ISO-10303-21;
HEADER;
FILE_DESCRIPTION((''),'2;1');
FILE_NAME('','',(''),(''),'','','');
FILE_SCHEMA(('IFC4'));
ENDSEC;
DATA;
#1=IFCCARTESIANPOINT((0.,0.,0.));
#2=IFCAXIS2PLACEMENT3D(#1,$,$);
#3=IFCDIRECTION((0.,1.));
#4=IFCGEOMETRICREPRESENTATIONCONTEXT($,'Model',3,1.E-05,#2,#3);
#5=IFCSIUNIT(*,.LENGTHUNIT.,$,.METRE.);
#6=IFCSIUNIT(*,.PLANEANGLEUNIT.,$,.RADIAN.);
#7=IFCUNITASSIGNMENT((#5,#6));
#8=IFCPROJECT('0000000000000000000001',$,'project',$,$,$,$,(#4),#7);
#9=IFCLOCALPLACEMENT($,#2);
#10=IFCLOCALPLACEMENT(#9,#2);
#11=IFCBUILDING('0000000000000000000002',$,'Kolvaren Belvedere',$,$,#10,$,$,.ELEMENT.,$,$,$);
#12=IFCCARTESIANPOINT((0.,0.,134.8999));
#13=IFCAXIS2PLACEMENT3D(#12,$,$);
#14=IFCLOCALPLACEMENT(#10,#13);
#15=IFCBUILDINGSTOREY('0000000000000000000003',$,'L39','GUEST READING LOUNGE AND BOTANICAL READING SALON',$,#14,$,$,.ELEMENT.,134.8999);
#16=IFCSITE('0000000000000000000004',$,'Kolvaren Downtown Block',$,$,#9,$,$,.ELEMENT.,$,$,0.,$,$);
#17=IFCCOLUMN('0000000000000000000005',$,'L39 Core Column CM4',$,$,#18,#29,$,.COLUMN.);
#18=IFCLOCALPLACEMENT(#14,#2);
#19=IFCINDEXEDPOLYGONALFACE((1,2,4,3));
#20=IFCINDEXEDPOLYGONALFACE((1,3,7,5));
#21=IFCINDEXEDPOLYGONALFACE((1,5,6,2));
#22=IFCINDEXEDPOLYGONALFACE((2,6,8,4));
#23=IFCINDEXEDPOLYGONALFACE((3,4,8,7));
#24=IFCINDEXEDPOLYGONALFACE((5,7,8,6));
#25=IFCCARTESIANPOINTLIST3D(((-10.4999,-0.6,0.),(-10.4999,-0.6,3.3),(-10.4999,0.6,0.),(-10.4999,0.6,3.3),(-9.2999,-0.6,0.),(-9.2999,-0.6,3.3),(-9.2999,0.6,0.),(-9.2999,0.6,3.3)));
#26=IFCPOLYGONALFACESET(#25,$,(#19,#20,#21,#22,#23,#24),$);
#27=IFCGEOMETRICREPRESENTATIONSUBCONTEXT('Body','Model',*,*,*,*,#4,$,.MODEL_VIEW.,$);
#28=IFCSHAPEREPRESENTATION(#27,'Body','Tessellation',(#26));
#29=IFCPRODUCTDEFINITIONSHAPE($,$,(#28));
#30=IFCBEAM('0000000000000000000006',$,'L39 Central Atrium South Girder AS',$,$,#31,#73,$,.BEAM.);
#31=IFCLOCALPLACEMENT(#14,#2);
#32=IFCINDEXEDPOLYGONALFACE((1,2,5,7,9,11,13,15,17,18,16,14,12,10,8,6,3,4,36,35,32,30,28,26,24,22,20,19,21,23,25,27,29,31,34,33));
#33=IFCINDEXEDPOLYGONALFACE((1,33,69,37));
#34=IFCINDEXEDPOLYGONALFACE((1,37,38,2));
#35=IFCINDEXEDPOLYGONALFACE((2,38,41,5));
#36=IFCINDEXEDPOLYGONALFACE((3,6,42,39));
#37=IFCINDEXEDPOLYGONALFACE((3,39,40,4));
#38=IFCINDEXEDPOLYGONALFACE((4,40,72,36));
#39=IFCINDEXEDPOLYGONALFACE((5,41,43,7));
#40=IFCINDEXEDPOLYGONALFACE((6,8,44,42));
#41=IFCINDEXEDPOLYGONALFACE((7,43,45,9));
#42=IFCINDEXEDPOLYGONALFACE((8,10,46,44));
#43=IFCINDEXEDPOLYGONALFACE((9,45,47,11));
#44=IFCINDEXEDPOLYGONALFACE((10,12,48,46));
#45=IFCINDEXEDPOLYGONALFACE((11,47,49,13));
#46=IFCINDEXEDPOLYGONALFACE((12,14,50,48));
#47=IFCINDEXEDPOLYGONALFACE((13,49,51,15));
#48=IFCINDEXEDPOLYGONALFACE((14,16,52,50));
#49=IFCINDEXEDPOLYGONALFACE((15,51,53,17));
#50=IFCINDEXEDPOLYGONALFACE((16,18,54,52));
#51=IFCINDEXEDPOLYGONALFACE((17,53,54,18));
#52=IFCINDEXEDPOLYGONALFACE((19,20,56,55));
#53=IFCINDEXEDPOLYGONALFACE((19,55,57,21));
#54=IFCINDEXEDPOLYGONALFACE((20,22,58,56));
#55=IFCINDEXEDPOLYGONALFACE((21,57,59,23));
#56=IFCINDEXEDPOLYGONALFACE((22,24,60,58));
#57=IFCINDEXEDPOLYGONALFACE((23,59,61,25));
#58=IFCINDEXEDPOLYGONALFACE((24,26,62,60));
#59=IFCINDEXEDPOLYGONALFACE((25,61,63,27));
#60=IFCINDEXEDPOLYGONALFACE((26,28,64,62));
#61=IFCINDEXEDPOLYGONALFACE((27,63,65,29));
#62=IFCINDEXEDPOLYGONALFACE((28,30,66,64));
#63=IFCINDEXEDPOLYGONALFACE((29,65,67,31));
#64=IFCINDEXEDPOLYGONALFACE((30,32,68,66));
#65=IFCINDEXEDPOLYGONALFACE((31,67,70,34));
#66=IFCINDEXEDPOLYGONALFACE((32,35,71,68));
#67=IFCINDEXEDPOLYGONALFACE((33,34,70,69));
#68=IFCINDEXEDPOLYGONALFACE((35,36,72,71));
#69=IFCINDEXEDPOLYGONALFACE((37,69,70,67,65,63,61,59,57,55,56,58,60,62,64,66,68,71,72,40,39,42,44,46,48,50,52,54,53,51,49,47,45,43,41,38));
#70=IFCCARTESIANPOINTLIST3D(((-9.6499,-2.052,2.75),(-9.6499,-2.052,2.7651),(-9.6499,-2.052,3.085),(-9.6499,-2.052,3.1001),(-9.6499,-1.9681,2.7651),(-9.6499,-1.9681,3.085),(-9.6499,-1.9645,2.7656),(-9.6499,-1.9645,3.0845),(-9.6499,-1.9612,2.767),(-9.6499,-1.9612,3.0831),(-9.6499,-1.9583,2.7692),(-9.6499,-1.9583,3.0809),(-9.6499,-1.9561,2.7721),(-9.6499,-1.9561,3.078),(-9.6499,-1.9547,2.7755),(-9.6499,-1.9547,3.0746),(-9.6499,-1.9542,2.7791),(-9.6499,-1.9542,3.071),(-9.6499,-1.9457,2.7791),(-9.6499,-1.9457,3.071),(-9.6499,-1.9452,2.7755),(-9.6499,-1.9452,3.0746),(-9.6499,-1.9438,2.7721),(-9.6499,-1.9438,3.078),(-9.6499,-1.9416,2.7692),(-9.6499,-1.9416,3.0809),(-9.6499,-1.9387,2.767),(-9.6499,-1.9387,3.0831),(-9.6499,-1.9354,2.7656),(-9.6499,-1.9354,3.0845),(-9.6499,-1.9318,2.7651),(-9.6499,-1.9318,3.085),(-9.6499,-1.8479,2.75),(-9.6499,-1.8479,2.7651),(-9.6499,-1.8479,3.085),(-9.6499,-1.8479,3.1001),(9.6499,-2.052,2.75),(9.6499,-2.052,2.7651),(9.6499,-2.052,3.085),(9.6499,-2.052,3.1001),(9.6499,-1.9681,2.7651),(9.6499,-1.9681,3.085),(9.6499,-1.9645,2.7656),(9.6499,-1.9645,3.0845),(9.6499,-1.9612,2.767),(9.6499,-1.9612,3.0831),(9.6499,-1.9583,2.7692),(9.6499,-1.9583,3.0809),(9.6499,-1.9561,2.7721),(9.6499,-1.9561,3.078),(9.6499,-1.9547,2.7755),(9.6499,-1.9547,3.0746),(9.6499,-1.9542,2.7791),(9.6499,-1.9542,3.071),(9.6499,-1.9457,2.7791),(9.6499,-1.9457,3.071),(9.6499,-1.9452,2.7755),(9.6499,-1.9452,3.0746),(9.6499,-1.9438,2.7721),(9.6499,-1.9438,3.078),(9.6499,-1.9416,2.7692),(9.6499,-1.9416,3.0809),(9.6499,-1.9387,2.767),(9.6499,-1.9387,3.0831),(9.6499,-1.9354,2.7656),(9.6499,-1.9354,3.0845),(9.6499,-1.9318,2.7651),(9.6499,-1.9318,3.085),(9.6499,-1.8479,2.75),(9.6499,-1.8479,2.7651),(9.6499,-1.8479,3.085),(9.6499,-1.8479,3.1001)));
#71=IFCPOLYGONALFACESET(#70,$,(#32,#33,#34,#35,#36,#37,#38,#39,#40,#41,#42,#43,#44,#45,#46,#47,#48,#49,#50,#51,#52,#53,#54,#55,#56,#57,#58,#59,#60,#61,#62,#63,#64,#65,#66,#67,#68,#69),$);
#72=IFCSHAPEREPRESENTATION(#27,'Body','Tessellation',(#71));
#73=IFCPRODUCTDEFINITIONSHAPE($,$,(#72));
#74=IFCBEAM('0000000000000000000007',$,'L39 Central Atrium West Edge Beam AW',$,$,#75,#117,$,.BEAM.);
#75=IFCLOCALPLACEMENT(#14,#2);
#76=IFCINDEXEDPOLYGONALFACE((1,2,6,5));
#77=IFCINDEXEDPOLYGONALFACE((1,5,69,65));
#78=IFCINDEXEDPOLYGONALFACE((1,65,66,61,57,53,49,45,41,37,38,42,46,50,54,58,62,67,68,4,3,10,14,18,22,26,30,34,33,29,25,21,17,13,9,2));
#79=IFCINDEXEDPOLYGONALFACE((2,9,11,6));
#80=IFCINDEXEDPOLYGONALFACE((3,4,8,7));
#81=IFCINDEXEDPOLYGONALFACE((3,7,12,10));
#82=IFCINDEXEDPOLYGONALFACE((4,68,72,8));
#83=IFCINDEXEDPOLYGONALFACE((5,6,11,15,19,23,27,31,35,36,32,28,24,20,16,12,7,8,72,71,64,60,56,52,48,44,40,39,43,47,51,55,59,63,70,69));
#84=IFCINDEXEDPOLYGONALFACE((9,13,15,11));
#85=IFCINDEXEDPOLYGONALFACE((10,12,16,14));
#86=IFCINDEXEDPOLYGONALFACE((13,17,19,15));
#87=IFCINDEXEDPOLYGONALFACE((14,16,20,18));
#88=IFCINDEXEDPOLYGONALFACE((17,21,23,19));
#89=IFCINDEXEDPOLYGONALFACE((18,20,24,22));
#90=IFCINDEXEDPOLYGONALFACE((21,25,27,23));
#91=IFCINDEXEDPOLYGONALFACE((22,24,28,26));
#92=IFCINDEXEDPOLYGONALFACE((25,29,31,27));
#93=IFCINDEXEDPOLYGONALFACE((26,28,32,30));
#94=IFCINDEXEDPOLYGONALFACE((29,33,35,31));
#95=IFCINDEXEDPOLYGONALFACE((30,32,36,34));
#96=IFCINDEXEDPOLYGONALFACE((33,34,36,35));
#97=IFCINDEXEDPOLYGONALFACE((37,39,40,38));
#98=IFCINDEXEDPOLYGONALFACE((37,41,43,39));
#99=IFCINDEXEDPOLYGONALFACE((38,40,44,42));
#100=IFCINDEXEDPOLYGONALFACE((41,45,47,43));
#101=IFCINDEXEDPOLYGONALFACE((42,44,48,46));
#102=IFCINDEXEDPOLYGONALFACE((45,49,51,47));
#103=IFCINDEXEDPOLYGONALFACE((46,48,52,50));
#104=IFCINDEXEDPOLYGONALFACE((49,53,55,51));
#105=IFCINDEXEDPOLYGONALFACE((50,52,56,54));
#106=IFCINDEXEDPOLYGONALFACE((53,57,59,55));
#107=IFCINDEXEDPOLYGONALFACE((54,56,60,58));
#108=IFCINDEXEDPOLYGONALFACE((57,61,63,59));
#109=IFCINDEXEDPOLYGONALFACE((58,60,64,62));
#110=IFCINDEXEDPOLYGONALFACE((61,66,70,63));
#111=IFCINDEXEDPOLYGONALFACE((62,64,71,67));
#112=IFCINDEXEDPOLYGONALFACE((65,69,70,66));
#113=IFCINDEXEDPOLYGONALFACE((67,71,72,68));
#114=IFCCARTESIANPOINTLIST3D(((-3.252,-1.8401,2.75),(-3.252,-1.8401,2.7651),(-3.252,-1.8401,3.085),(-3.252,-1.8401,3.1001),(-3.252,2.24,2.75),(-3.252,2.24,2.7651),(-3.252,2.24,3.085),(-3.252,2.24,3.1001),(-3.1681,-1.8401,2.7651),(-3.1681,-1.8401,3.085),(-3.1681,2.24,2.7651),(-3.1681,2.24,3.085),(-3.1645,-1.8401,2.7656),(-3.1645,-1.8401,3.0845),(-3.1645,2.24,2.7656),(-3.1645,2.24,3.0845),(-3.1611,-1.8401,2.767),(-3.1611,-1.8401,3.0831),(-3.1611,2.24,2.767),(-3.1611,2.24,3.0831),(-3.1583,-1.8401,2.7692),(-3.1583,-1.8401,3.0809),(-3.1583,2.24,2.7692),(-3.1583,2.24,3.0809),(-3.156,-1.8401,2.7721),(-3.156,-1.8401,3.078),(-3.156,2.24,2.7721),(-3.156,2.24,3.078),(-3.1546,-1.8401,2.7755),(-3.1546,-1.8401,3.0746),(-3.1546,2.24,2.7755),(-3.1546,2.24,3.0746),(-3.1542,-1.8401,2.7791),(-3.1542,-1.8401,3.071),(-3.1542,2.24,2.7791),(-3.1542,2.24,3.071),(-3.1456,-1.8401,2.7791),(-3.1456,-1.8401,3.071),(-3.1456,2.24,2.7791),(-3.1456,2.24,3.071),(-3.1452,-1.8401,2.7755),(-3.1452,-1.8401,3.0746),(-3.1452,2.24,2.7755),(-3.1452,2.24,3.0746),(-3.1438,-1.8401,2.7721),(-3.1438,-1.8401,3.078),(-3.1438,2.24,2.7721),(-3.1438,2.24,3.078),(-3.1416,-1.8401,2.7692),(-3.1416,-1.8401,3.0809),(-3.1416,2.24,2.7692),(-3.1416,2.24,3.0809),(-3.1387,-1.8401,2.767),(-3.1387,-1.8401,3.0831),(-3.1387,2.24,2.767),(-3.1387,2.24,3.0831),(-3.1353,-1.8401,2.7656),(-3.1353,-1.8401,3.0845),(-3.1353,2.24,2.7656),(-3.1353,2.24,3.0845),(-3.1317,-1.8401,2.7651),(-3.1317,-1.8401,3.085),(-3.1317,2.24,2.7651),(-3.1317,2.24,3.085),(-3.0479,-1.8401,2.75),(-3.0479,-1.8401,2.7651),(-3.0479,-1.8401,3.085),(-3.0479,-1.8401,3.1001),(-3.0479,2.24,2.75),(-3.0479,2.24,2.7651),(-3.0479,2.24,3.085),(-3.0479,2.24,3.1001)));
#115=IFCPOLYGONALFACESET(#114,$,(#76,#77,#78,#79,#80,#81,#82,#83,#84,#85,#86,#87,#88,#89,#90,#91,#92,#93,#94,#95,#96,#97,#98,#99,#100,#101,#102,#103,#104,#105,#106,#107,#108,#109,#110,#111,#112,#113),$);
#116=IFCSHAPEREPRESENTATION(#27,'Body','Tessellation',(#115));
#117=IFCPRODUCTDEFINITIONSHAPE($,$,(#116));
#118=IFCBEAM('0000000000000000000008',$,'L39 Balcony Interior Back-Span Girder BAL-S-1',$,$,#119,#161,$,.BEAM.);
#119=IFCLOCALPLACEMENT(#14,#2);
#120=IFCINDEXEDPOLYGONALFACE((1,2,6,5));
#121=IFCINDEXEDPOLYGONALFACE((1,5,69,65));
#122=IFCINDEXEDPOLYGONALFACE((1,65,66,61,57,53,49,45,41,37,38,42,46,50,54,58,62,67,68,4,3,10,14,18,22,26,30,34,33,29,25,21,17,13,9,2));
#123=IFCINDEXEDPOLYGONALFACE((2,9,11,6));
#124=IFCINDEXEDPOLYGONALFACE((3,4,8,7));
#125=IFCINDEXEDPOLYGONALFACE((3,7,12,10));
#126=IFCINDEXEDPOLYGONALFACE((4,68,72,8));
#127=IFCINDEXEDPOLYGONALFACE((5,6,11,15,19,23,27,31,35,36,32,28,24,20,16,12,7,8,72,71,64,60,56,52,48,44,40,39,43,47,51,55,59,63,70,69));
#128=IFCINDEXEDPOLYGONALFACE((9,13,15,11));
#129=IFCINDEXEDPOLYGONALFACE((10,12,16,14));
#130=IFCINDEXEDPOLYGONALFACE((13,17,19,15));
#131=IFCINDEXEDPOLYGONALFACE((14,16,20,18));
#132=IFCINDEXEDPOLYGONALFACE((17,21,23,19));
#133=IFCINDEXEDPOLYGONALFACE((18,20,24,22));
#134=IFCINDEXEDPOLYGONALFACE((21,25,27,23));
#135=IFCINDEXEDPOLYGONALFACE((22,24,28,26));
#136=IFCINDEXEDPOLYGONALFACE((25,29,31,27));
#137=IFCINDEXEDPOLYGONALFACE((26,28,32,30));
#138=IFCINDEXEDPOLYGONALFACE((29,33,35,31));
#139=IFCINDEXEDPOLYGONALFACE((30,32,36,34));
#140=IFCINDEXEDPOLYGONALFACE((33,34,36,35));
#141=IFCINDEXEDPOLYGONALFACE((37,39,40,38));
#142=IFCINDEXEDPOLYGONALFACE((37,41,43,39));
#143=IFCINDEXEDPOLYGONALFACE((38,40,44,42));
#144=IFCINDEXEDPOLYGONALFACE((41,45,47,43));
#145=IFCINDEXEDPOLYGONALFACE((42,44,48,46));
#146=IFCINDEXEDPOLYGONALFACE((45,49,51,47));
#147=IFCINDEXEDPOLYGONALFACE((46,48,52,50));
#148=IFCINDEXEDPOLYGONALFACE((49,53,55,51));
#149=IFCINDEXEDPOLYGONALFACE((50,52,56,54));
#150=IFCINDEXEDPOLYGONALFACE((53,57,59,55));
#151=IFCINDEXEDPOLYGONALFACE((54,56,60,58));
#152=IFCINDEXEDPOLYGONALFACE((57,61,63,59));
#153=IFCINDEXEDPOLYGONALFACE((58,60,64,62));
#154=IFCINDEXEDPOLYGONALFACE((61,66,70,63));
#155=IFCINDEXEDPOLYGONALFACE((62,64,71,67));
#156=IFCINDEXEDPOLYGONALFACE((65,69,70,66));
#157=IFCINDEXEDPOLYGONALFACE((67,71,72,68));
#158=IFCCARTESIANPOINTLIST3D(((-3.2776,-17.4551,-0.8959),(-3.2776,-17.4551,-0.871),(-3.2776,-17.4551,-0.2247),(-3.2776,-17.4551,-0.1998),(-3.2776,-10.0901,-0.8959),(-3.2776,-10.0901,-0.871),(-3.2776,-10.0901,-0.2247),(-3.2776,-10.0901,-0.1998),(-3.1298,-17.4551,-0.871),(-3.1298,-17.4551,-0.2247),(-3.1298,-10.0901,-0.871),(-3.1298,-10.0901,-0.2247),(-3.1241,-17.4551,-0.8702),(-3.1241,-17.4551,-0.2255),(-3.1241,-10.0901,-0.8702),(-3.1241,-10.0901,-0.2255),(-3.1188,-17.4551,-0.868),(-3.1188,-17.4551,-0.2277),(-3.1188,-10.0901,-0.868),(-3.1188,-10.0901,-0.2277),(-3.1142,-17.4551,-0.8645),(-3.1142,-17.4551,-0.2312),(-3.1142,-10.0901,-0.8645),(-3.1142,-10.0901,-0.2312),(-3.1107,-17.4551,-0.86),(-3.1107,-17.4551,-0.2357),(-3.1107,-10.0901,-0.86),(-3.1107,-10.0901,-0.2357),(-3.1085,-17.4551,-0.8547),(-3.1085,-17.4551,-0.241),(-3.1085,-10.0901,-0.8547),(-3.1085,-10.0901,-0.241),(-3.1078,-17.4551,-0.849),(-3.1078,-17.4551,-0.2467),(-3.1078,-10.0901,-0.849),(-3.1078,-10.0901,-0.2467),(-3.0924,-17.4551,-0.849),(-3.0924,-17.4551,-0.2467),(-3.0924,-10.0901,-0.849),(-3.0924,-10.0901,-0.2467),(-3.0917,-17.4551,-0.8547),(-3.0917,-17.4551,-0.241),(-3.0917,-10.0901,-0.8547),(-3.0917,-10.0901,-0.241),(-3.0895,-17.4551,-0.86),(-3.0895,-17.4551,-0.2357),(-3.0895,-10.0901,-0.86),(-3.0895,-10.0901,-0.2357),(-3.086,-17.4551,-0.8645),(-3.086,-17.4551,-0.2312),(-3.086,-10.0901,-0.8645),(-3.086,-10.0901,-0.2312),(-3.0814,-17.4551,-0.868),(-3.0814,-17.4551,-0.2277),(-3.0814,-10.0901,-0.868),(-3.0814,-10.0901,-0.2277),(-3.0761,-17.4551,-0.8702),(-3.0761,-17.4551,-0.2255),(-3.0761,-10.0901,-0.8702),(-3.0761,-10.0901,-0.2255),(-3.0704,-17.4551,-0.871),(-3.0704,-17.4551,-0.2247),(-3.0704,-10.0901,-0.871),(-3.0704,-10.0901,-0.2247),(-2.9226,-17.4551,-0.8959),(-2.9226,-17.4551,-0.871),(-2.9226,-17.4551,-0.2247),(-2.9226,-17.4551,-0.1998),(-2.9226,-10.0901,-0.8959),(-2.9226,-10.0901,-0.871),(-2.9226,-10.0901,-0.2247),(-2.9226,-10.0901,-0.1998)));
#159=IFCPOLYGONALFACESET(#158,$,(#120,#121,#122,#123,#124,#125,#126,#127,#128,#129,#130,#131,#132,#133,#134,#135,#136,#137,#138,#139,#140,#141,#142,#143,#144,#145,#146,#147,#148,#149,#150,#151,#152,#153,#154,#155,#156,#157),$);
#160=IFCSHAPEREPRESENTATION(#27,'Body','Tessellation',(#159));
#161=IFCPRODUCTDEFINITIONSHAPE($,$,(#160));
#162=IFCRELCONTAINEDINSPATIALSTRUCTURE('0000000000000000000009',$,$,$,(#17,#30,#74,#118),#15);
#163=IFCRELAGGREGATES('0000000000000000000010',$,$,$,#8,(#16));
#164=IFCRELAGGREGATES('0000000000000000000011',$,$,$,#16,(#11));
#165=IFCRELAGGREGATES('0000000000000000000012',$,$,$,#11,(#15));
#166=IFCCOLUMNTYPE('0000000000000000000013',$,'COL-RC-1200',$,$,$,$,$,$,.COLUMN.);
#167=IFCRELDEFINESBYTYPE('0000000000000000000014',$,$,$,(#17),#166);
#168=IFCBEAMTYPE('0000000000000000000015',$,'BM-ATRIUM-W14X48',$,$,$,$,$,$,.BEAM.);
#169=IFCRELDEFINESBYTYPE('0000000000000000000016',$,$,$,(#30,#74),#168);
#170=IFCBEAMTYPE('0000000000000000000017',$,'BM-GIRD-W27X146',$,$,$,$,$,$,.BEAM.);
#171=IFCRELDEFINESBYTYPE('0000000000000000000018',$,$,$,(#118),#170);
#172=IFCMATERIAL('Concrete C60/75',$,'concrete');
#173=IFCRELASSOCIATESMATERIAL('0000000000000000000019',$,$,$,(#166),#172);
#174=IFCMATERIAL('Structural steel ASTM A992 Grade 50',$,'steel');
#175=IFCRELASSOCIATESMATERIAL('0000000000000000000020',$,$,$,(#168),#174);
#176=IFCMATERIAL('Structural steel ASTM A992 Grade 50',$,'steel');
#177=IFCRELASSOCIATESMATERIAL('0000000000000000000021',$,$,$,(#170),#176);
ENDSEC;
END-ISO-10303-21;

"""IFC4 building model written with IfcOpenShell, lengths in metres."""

from ifc_helpers import new_model, si_unit, direction, frame, origin, origin_2d, place, context, subcontext, project, spatial, rectangle, i_section, extrude, material, material_profile, profile_set, type_object, element, save


model = new_model("IFC4")

# Units and contexts
model_context = context("Model", 3, precision=1e-05, world=origin(), true_north=direction((0.0, 1.0)))
body_context = subcontext(model_context, "Body", "Model", "MODEL_VIEW")
ifc_project = project(units=[si_unit("LENGTHUNIT", "METRE"), si_unit("PLANEANGLEUNIT", "RADIAN")], contexts=[model_context])

# Site, building, storey
site_placement = place(None, origin())
site = spatial("IfcSite", under=ifc_project, at=site_placement, Name="Kolvaren Downtown Block", CompositionType="ELEMENT", RefElevation=0.0)
building_placement = place(site_placement, origin())
building = spatial("IfcBuilding", under=site, at=building_placement, Name="Kolvaren Belvedere", CompositionType="ELEMENT")
storey_placement = place(building_placement, frame((0.0, 0.0, 134.8999)))
storey = spatial("IfcBuildingStorey", under=building, at=storey_placement, Name="L39", Description="GUEST READING LOUNGE AND BOTANICAL READING SALON", CompositionType="ELEMENT", Elevation=134.8999)

# Column
ifc_material_1 = material(Name="Concrete C60/75", Category="concrete")
ifc_material_profile_1 = material_profile(ifc_material_1, rectangle(XDim=1.2, YDim=1.2, at=origin_2d()), Name="RC 1200X1200")
ifc_profile_set_1 = profile_set([ifc_material_profile_1], Name="Concrete C60/75")
column_type = type_object("IfcColumnType", Name="COL-RC-1200", PredefinedType="COLUMN", material=ifc_profile_set_1)
column_placement = place(storey_placement, frame((-9.8999, 0.0, 0.0), z_axis=(0.0, 0.0, 1.0), x_axis=(1.0, 0.0, 0.0)))
element("IfcColumn", 1, at=column_placement, inside=storey, type_object=column_type, Name="L39 Core Column CM4", PredefinedType="COLUMN", context=body_context, shape_type="SweptSolid", body=[
    extrude(rectangle(XDim=1.2, YDim=1.2, at=origin_2d()), origin(), (0.0, 0.0, 1.0), 3.3),
])

# Beams
ifc_material_2 = material(Name="Structural steel ASTM A992 Grade 50", Category="steel")
ifc_material_profile_2 = material_profile(ifc_material_2, i_section(OverallWidth=0.2041, OverallDepth=0.3501, WebThickness=0.0085, FlangeThickness=0.0151, FilletRadius=0.0139, at=origin_2d()), Name="W14X48")
ifc_profile_set_2 = profile_set([ifc_material_profile_2], Name="Structural steel ASTM A992 Grade 50")
beam_type_1 = type_object("IfcBeamType", Name="BM-ATRIUM-W14X48", PredefinedType="BEAM", material=ifc_profile_set_2)
beam_1_placement = place(storey_placement, frame((-9.6499, -1.95, 2.925), z_axis=(1.0, 0.0, 0.0), x_axis=(0.0, 1.0, 0.0)))
element("IfcBeam", 2, at=beam_1_placement, inside=storey, type_object=beam_type_1, Name="L39 Central Atrium South Girder AS", PredefinedType="BEAM", context=body_context, shape_type="SweptSolid", body=[
    extrude(i_section(OverallWidth=0.2041, OverallDepth=0.3501, WebThickness=0.0085, FlangeThickness=0.0151, FilletRadius=0.0139, at=origin_2d()), origin(), (0.0, 0.0, 1.0), 19.2998),
])
beam_2_placement = place(storey_placement, frame((-3.1499, -1.8401, 2.925), z_axis=(0.0, 1.0, 0.0), x_axis=(-1.0, 0.0, 0.0)))
element("IfcBeam", 3, at=beam_2_placement, inside=storey, type_object=beam_type_1, Name="L39 Central Atrium West Edge Beam AW", PredefinedType="BEAM", context=body_context, shape_type="SweptSolid", body=[
    extrude(i_section(OverallWidth=0.2041, OverallDepth=0.3501, WebThickness=0.0085, FlangeThickness=0.0151, FilletRadius=0.0139, at=origin_2d()), origin(), (0.0, 0.0, 1.0), 4.0801),
])
ifc_material_3 = material(Name="Structural steel ASTM A992 Grade 50", Category="steel")
ifc_material_profile_3 = material_profile(ifc_material_3, i_section(OverallWidth=0.355, OverallDepth=0.696, WebThickness=0.0154, FlangeThickness=0.0249, FilletRadius=0.022, at=origin_2d()), Name="W27X146")
ifc_profile_set_3 = profile_set([ifc_material_profile_3], Name="Structural steel ASTM A992 Grade 50")
beam_type_2 = type_object("IfcBeamType", Name="BM-GIRD-W27X146", PredefinedType="BEAM", material=ifc_profile_set_3)
beam_3_placement = place(storey_placement, frame((-3.1001, -10.0901, -0.5479), z_axis=(0.0, -1.0, 0.0), x_axis=(1.0, 0.0, 0.0)))
element("IfcBeam", 4, at=beam_3_placement, inside=storey, type_object=beam_type_2, Name="L39 Balcony Interior Back-Span Girder BAL-S-1", PredefinedType="BEAM", context=body_context, shape_type="SweptSolid", body=[
    extrude(i_section(OverallWidth=0.355, OverallDepth=0.696, WebThickness=0.0154, FlangeThickness=0.0249, FilletRadius=0.022, at=origin_2d()), origin(), (0.0, 0.0, 1.0), 7.365),
])

save(model, "model.ifc")
